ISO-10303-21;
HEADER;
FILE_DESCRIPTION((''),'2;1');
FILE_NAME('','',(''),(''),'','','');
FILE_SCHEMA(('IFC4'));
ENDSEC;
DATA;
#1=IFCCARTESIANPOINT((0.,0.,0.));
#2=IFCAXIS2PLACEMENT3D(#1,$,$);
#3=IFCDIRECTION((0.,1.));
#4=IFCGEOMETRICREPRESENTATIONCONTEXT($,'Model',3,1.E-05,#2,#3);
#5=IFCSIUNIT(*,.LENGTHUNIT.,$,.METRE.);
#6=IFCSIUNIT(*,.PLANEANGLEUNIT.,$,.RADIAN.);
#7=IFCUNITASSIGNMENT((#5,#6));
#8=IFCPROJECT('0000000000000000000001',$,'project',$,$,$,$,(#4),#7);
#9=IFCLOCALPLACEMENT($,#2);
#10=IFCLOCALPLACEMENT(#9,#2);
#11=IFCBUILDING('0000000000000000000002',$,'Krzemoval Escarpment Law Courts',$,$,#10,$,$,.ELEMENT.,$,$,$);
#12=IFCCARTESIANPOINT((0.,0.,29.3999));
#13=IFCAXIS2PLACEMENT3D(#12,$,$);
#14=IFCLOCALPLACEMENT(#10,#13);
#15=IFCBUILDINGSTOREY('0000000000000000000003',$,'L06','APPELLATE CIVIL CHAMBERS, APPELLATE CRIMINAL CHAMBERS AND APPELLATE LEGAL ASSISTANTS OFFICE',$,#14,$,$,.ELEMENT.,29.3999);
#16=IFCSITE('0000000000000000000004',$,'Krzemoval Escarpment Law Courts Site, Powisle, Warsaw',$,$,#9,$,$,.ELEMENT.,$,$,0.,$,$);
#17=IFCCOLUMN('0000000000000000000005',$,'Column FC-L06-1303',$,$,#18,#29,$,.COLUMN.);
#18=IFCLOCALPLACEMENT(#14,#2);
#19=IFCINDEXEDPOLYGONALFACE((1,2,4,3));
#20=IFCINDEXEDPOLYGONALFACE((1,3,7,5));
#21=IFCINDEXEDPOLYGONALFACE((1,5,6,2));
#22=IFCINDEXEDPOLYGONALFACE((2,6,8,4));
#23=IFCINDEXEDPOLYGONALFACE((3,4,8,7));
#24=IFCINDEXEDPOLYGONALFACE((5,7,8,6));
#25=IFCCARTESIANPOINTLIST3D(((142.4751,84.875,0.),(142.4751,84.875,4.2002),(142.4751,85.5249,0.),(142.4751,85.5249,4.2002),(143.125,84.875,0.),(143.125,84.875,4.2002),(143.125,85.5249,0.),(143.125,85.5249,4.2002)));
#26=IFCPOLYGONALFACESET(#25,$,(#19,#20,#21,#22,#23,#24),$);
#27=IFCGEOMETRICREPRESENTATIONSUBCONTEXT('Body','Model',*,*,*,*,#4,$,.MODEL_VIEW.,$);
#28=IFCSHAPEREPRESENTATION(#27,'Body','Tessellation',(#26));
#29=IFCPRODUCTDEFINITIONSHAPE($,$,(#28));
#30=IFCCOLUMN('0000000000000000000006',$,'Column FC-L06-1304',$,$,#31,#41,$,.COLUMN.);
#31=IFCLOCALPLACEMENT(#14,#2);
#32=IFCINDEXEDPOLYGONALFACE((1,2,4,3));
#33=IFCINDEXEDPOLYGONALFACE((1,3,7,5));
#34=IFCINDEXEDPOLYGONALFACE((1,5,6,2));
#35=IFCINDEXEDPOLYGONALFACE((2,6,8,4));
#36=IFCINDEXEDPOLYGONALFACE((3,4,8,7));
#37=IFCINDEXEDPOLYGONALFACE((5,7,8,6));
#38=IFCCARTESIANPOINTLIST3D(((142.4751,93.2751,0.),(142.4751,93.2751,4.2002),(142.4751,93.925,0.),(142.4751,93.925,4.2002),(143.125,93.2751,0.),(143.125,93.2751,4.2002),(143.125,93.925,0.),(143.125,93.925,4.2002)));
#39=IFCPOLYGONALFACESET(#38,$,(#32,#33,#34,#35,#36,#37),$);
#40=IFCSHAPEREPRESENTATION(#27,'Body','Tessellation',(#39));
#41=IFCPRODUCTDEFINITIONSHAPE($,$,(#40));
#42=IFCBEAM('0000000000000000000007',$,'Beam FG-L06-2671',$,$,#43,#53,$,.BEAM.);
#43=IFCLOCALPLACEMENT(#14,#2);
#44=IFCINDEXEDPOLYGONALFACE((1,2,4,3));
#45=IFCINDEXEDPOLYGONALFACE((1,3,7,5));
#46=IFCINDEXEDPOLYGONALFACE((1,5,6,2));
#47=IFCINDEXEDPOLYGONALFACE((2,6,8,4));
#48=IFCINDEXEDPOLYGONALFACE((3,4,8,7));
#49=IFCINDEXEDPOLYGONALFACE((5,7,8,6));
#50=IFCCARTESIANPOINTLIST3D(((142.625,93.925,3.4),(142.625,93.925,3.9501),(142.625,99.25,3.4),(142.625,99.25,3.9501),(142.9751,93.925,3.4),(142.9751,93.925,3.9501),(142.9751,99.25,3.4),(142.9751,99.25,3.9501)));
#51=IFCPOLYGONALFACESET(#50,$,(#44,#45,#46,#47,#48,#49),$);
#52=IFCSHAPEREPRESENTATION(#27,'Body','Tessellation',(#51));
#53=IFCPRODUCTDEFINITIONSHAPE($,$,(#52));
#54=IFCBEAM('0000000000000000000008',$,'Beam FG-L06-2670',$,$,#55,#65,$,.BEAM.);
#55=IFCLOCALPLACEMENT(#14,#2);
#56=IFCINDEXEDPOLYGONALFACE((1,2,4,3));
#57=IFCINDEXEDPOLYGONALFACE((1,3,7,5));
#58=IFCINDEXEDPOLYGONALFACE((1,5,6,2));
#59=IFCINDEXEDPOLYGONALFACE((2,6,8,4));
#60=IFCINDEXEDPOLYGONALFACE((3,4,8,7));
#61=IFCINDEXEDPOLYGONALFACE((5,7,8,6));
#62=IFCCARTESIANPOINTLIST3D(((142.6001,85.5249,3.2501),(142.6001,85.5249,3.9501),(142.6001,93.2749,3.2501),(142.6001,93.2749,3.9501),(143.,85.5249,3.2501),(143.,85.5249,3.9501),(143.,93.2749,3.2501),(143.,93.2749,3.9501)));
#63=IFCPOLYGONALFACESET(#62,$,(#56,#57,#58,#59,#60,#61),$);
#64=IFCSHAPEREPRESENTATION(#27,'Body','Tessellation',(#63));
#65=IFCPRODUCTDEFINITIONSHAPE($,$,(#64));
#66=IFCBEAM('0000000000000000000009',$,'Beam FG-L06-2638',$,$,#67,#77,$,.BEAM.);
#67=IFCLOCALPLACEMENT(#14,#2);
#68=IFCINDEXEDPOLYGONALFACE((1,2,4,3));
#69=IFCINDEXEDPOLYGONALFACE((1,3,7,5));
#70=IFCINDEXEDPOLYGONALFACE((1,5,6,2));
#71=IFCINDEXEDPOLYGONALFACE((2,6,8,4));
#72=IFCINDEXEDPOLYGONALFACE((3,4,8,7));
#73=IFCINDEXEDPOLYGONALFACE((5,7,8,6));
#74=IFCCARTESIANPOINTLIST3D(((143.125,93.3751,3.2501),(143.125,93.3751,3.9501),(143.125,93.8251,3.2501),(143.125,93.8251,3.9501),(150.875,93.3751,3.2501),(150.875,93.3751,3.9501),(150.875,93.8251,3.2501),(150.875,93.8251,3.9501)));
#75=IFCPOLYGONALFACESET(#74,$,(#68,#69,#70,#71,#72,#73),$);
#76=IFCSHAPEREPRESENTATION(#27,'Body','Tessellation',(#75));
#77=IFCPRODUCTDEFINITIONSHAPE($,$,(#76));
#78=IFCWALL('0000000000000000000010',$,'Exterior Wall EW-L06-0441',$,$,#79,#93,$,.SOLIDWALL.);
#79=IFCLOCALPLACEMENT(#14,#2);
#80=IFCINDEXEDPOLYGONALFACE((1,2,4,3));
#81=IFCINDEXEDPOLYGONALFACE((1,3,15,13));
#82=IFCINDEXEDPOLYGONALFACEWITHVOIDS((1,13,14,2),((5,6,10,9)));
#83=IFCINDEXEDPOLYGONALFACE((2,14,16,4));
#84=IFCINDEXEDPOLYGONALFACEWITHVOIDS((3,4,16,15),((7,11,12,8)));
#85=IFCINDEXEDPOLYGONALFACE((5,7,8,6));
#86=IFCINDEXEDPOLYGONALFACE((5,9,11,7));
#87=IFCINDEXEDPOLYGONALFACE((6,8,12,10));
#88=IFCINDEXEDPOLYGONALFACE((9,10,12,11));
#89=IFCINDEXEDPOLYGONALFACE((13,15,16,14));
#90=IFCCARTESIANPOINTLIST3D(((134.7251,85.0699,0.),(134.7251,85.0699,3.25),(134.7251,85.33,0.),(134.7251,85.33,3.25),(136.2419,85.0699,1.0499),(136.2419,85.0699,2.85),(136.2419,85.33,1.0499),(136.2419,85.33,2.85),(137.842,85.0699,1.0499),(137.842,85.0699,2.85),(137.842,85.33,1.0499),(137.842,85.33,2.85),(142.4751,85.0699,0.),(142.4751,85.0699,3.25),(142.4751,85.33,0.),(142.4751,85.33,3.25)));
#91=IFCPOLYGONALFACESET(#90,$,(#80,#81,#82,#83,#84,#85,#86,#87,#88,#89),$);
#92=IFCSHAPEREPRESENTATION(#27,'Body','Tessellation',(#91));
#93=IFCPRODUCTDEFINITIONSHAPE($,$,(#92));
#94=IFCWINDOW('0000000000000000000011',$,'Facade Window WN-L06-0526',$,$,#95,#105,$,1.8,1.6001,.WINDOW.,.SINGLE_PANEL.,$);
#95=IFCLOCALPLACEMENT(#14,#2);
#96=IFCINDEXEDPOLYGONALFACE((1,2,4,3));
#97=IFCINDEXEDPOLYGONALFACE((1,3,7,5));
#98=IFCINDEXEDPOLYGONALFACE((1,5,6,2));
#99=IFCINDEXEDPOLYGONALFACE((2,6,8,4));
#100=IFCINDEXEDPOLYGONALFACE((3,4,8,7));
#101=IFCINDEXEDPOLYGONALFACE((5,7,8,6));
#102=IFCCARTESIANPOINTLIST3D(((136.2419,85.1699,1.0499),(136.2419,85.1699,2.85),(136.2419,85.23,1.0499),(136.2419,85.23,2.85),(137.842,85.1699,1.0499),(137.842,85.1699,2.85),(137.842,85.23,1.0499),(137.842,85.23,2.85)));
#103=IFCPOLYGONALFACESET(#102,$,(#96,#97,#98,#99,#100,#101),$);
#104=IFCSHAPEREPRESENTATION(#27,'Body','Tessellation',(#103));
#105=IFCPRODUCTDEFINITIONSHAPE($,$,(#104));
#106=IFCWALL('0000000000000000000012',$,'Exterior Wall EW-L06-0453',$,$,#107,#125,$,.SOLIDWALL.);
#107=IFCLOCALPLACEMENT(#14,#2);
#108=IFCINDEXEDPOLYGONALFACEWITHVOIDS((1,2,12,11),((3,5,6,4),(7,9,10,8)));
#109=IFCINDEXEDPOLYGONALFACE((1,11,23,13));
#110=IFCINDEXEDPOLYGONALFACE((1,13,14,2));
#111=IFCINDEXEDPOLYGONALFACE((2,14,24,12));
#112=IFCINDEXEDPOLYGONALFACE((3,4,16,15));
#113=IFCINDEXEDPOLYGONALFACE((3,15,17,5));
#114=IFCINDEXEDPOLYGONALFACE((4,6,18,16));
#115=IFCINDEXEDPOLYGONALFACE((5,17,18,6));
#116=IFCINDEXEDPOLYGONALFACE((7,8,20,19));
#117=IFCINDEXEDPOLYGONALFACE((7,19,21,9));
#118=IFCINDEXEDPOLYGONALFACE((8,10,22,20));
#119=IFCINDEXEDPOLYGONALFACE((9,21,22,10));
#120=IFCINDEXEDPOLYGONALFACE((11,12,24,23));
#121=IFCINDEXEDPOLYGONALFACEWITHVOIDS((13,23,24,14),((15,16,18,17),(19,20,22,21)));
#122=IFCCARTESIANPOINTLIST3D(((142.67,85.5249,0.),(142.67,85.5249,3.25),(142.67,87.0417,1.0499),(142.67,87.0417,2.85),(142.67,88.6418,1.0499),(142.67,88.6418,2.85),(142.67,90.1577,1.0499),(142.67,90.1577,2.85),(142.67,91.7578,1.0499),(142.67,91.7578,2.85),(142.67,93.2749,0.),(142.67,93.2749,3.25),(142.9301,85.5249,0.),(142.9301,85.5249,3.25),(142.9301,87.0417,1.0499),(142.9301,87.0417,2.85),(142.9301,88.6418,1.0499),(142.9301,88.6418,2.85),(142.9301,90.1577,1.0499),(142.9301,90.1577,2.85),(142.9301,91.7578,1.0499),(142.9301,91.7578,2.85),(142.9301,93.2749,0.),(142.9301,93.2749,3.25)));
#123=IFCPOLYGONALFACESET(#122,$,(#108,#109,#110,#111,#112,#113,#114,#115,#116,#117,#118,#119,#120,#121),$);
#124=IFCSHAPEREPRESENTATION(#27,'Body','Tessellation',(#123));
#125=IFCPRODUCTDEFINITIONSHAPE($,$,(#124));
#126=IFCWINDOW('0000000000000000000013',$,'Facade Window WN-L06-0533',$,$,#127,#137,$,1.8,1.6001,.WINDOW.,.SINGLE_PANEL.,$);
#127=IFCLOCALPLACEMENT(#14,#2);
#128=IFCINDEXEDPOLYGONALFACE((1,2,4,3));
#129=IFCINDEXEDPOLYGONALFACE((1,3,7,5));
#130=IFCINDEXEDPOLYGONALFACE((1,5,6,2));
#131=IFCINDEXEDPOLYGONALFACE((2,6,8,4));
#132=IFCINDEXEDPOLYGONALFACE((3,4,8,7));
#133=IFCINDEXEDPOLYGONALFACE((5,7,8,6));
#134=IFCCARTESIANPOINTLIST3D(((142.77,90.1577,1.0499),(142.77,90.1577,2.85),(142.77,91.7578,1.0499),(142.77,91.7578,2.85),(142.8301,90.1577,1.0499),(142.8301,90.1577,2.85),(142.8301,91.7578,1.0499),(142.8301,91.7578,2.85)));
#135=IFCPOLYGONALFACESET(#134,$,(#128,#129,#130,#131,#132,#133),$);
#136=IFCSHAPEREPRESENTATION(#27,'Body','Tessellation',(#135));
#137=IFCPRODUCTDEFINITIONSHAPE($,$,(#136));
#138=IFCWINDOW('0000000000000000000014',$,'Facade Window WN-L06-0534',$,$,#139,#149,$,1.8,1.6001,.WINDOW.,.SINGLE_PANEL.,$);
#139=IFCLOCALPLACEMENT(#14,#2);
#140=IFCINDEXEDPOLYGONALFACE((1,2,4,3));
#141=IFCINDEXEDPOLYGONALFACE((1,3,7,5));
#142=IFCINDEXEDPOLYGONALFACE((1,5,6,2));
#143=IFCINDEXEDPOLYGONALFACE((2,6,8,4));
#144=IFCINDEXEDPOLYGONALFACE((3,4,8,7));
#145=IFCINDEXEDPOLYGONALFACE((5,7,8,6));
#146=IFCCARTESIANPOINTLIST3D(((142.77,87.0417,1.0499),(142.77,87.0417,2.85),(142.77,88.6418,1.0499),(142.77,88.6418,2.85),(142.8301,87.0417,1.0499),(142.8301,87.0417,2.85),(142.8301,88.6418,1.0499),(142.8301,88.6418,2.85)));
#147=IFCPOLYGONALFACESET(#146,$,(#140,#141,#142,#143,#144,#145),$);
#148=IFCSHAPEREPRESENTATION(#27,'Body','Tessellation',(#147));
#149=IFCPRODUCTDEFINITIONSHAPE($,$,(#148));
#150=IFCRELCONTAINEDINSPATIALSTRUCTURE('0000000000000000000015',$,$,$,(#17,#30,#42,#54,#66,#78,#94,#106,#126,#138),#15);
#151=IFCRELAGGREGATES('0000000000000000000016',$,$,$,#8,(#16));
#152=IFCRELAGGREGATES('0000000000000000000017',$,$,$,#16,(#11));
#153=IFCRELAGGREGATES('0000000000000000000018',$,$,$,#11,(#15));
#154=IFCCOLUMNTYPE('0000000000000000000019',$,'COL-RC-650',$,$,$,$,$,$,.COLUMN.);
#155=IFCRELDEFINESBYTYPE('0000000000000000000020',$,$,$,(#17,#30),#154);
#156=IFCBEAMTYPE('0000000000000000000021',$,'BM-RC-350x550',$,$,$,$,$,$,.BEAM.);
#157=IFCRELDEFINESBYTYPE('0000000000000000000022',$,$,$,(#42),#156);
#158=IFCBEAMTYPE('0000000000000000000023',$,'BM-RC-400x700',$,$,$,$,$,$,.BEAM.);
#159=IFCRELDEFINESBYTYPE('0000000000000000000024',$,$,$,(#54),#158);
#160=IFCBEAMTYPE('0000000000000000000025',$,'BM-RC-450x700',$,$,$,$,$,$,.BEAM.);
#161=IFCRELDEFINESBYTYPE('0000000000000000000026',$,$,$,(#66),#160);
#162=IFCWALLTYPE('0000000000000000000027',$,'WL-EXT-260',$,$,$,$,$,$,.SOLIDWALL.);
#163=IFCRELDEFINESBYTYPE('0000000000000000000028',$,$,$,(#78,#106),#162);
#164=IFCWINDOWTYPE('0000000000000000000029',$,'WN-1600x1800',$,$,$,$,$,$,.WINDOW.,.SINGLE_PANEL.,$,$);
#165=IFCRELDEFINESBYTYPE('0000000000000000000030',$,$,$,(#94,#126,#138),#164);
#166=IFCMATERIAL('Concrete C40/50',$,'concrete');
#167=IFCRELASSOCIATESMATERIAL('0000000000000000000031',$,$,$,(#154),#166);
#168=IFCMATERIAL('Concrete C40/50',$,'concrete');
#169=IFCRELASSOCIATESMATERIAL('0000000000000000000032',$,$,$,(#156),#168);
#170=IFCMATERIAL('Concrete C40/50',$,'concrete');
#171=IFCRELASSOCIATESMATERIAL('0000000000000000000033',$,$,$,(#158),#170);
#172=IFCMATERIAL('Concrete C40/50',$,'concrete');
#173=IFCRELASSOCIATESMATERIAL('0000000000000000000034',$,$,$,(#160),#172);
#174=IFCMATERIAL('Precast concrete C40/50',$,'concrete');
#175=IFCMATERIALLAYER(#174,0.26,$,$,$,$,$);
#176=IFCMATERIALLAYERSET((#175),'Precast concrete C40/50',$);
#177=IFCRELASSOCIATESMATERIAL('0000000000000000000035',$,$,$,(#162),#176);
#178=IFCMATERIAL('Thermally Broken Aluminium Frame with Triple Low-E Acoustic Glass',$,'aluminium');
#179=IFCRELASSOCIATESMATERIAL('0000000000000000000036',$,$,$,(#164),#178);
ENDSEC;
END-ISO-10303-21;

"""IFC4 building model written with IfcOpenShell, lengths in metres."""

from ifc_helpers import new_model, si_unit, direction, frame, frame_2d, origin, origin_2d, place, context, subcontext, project, spatial, rectangle, extrude, material, layer, layer_set, material_profile, profile_set, type_object, element, fill, save


model = new_model("IFC4")

# Units and contexts
model_context = context("Model", 3, precision=1e-05, world=origin(), true_north=direction((0.0, 1.0)))
body_context = subcontext(model_context, "Body", "Model", "MODEL_VIEW")
ifc_project = project(units=[si_unit("LENGTHUNIT", "METRE"), si_unit("PLANEANGLEUNIT", "RADIAN")], contexts=[model_context])

# Site, building, storey
site_placement = place(None, origin())
site = spatial("IfcSite", under=ifc_project, at=site_placement, Name="Krzemoval Escarpment Law Courts Site, Powisle, Warsaw", CompositionType="ELEMENT", RefElevation=0.0)
building_placement = place(site_placement, origin())
building = spatial("IfcBuilding", under=site, at=building_placement, Name="Krzemoval Escarpment Law Courts", CompositionType="ELEMENT")
storey_placement = place(building_placement, frame((0.0, 0.0, 29.3999)))
storey = spatial("IfcBuildingStorey", under=building, at=storey_placement, Name="L06", Description="APPELLATE CIVIL CHAMBERS, APPELLATE CRIMINAL CHAMBERS AND APPELLATE LEGAL ASSISTANTS OFFICE", CompositionType="ELEMENT", Elevation=29.3999)

# Columns
ifc_material_1 = material(Name="Concrete C40/50", Category="concrete")
ifc_material_profile_1 = material_profile(ifc_material_1, rectangle(XDim=0.6499, YDim=0.6499, at=origin_2d()), Name="RC 650x650")
ifc_profile_set_1 = profile_set([ifc_material_profile_1], Name="Concrete C40/50")
column_type = type_object("IfcColumnType", Name="COL-RC-650", PredefinedType="COLUMN", material=ifc_profile_set_1)
for number, where, z_axis, x_axis, name in (
    (1, (142.8, 85.2, 0.0), (0.0, 0.0, 1.0), (1.0, 0.0, 0.0), "Column FC-L06-1303"),
    (2, (142.8, 93.6001, 0.0), (0.0, 0.0, 1.0), (1.0, 0.0, 0.0), "Column FC-L06-1304"),
):
    element("IfcColumn", number, at=place(storey_placement, frame(where, z_axis=z_axis, x_axis=x_axis)), inside=storey, type_object=column_type, Name=name, PredefinedType="COLUMN", context=body_context, shape_type="SweptSolid", body=[
        extrude(rectangle(XDim=0.6499, YDim=0.6499, at=origin_2d()), origin(), (0.0, 0.0, 1.0), 4.2002),
    ])

# Beams
ifc_material_2 = material(Name="Concrete C40/50", Category="concrete")
ifc_material_profile_2 = material_profile(ifc_material_2, rectangle(XDim=0.3501, YDim=0.55, at=origin_2d()), Name="RCB 350x550")
ifc_profile_set_2 = profile_set([ifc_material_profile_2], Name="Concrete C40/50")
beam_type_1 = type_object("IfcBeamType", Name="BM-RC-350x550", PredefinedType="BEAM", material=ifc_profile_set_2)
beam_1_placement = place(storey_placement, frame((142.8, 93.925, 3.675), z_axis=(0.0, 1.0, 0.0), x_axis=(-1.0, 0.0, 0.0)))
element("IfcBeam", 3, at=beam_1_placement, inside=storey, type_object=beam_type_1, Name="Beam FG-L06-2671", PredefinedType="BEAM", context=body_context, shape_type="SweptSolid", body=[
    extrude(rectangle(XDim=0.3501, YDim=0.55, at=origin_2d()), origin(), (0.0, 0.0, 1.0), 5.325),
])
ifc_material_3 = material(Name="Concrete C40/50", Category="concrete")
ifc_material_profile_3 = material_profile(ifc_material_3, rectangle(XDim=0.3999, YDim=0.7, at=origin_2d()), Name="RCB 400x700")
ifc_profile_set_3 = profile_set([ifc_material_profile_3], Name="Concrete C40/50")
beam_type_2 = type_object("IfcBeamType", Name="BM-RC-400x700", PredefinedType="BEAM", material=ifc_profile_set_3)
beam_2_placement = place(storey_placement, frame((142.8, 85.5249, 3.6001), z_axis=(0.0, 1.0, 0.0), x_axis=(-1.0, 0.0, 0.0)))
element("IfcBeam", 4, at=beam_2_placement, inside=storey, type_object=beam_type_2, Name="Beam FG-L06-2670", PredefinedType="BEAM", context=body_context, shape_type="SweptSolid", body=[
    extrude(rectangle(XDim=0.3999, YDim=0.7, at=origin_2d()), origin(), (0.0, 0.0, 1.0), 7.75),
])
ifc_material_4 = material(Name="Concrete C40/50", Category="concrete")
ifc_material_profile_4 = material_profile(ifc_material_4, rectangle(XDim=0.45, YDim=0.7, at=origin_2d()), Name="RCB 450x700")
ifc_profile_set_4 = profile_set([ifc_material_profile_4], Name="Concrete C40/50")
beam_type_3 = type_object("IfcBeamType", Name="BM-RC-450x700", PredefinedType="BEAM", material=ifc_profile_set_4)
beam_3_placement = place(storey_placement, frame((143.125, 93.6001, 3.6001), z_axis=(1.0, 0.0, 0.0), x_axis=(0.0, 1.0, 0.0)))
element("IfcBeam", 5, at=beam_3_placement, inside=storey, type_object=beam_type_3, Name="Beam FG-L06-2638", PredefinedType="BEAM", context=body_context, shape_type="SweptSolid", body=[
    extrude(rectangle(XDim=0.45, YDim=0.7, at=origin_2d()), origin(), (0.0, 0.0, 1.0), 7.75),
])

# Wall, opening, window
ifc_material_5 = material(Name="Precast concrete C40/50", Category="concrete")
ifc_layer_1 = layer(ifc_material_5, 0.26)
ifc_layer_set_1 = layer_set([ifc_layer_1], Name="Precast concrete C40/50")
wall_type_1 = type_object("IfcWallType", Name="WL-EXT-260", PredefinedType="SOLIDWALL", material=ifc_layer_set_1)
wall_1_placement = place(storey_placement, frame((142.4751, 85.2, 0.0), z_axis=(0.0, 0.0, 1.0), x_axis=(-1.0, 0.0, 0.0)))
wall_1 = element("IfcWall", 6, at=wall_1_placement, inside=storey, type_object=wall_type_1, Name="Exterior Wall EW-L06-0441", PredefinedType="SOLIDWALL", context=body_context, shape_type="SweptSolid", body=[
    extrude(rectangle(XDim=7.75, YDim=0.26, at=frame_2d((3.875, 0.0))), origin(), (0.0, 0.0, 1.0), 3.25),
])
opening_1_placement = place(wall_1_placement, frame((4.6331, 0.0, 1.05)))
opening_1 = element("IfcOpeningElement", 7, at=opening_1_placement, cuts=wall_1, PredefinedType="OPENING", context=body_context, shape_type="SweptSolid", body=[
    extrude(rectangle(XDim=1.6001, YDim=1.8, at=frame_2d((0.8, 0.8999))), frame((0.0, 0.145, 0.0), z_axis=(0.0, -1.0, 0.0), x_axis=(1.0, 0.0, 0.0)), (0.0, 0.0, 1.0), 0.29),
])
ifc_material_6 = material(Name="Thermally Broken Aluminium Frame with Triple Low-E Acoustic Glass", Category="aluminium")
window_type = type_object("IfcWindowType", Name="WN-1600x1800", PartitioningType="SINGLE_PANEL", PredefinedType="WINDOW", material=ifc_material_6)
window_1_placement = place(opening_1_placement, origin())
window_1 = element("IfcWindow", 8, at=window_1_placement, inside=storey, type_object=window_type, Name="Facade Window WN-L06-0526", OverallHeight=1.8, OverallWidth=1.6001, PartitioningType="SINGLE_PANEL", PredefinedType="WINDOW", context=body_context, shape_type="SweptSolid", body=[
    extrude(rectangle(XDim=1.6001, YDim=1.8, at=frame_2d((0.8, 0.8999))), frame((0.0, 0.03, 0.0), z_axis=(0.0, -1.0, 0.0), x_axis=(1.0, 0.0, 0.0)), (0.0, 0.0, 1.0), 0.0601),
])
fill(opening_1, window_1)

# Wall, openings, windows
wall_2_placement = place(storey_placement, frame((142.8, 93.2749, 0.0), z_axis=(0.0, 0.0, 1.0), x_axis=(0.0, -1.0, 0.0)))
wall_2 = element("IfcWall", 9, at=wall_2_placement, inside=storey, type_object=wall_type_1, Name="Exterior Wall EW-L06-0453", PredefinedType="SOLIDWALL", context=body_context, shape_type="SweptSolid", body=[
    extrude(rectangle(XDim=7.75, YDim=0.26, at=frame_2d((3.875, 0.0))), origin(), (0.0, 0.0, 1.0), 3.25),
])
opening_2_placement = place(wall_2_placement, frame((1.5171, 0.0, 1.05)))
opening_2 = element("IfcOpeningElement", 10, at=opening_2_placement, cuts=wall_2, PredefinedType="OPENING", context=body_context, shape_type="SweptSolid", body=[
    extrude(rectangle(XDim=1.6001, YDim=1.8, at=frame_2d((0.8, 0.8999))), frame((0.0, 0.145, 0.0), z_axis=(0.0, -1.0, 0.0), x_axis=(1.0, 0.0, 0.0)), (0.0, 0.0, 1.0), 0.29),
])
opening_3_placement = place(wall_2_placement, frame((4.6331, 0.0, 1.05)))
opening_3 = element("IfcOpeningElement", 11, at=opening_3_placement, cuts=wall_2, PredefinedType="OPENING", context=body_context, shape_type="SweptSolid", body=[
    extrude(rectangle(XDim=1.6001, YDim=1.8, at=frame_2d((0.8, 0.8999))), frame((0.0, 0.145, 0.0), z_axis=(0.0, -1.0, 0.0), x_axis=(1.0, 0.0, 0.0)), (0.0, 0.0, 1.0), 0.29),
])
window_2_placement = place(opening_2_placement, origin())
window_2 = element("IfcWindow", 12, at=window_2_placement, inside=storey, type_object=window_type, Name="Facade Window WN-L06-0533", OverallHeight=1.8, OverallWidth=1.6001, PartitioningType="SINGLE_PANEL", PredefinedType="WINDOW", context=body_context, shape_type="SweptSolid", body=[
    extrude(rectangle(XDim=1.6001, YDim=1.8, at=frame_2d((0.8, 0.8999))), frame((0.0, 0.03, 0.0), z_axis=(0.0, -1.0, 0.0), x_axis=(1.0, 0.0, 0.0)), (0.0, 0.0, 1.0), 0.0601),
])
fill(opening_2, window_2)
window_3_placement = place(opening_3_placement, origin())
window_3 = element("IfcWindow", 13, at=window_3_placement, inside=storey, type_object=window_type, Name="Facade Window WN-L06-0534", OverallHeight=1.8, OverallWidth=1.6001, PartitioningType="SINGLE_PANEL", PredefinedType="WINDOW", context=body_context, shape_type="SweptSolid", body=[
    extrude(rectangle(XDim=1.6001, YDim=1.8, at=frame_2d((0.8, 0.8999))), frame((0.0, 0.03, 0.0), z_axis=(0.0, -1.0, 0.0), x_axis=(1.0, 0.0, 0.0)), (0.0, 0.0, 1.0), 0.0601),
])
fill(opening_3, window_3)

save(model, "model.ifc")
